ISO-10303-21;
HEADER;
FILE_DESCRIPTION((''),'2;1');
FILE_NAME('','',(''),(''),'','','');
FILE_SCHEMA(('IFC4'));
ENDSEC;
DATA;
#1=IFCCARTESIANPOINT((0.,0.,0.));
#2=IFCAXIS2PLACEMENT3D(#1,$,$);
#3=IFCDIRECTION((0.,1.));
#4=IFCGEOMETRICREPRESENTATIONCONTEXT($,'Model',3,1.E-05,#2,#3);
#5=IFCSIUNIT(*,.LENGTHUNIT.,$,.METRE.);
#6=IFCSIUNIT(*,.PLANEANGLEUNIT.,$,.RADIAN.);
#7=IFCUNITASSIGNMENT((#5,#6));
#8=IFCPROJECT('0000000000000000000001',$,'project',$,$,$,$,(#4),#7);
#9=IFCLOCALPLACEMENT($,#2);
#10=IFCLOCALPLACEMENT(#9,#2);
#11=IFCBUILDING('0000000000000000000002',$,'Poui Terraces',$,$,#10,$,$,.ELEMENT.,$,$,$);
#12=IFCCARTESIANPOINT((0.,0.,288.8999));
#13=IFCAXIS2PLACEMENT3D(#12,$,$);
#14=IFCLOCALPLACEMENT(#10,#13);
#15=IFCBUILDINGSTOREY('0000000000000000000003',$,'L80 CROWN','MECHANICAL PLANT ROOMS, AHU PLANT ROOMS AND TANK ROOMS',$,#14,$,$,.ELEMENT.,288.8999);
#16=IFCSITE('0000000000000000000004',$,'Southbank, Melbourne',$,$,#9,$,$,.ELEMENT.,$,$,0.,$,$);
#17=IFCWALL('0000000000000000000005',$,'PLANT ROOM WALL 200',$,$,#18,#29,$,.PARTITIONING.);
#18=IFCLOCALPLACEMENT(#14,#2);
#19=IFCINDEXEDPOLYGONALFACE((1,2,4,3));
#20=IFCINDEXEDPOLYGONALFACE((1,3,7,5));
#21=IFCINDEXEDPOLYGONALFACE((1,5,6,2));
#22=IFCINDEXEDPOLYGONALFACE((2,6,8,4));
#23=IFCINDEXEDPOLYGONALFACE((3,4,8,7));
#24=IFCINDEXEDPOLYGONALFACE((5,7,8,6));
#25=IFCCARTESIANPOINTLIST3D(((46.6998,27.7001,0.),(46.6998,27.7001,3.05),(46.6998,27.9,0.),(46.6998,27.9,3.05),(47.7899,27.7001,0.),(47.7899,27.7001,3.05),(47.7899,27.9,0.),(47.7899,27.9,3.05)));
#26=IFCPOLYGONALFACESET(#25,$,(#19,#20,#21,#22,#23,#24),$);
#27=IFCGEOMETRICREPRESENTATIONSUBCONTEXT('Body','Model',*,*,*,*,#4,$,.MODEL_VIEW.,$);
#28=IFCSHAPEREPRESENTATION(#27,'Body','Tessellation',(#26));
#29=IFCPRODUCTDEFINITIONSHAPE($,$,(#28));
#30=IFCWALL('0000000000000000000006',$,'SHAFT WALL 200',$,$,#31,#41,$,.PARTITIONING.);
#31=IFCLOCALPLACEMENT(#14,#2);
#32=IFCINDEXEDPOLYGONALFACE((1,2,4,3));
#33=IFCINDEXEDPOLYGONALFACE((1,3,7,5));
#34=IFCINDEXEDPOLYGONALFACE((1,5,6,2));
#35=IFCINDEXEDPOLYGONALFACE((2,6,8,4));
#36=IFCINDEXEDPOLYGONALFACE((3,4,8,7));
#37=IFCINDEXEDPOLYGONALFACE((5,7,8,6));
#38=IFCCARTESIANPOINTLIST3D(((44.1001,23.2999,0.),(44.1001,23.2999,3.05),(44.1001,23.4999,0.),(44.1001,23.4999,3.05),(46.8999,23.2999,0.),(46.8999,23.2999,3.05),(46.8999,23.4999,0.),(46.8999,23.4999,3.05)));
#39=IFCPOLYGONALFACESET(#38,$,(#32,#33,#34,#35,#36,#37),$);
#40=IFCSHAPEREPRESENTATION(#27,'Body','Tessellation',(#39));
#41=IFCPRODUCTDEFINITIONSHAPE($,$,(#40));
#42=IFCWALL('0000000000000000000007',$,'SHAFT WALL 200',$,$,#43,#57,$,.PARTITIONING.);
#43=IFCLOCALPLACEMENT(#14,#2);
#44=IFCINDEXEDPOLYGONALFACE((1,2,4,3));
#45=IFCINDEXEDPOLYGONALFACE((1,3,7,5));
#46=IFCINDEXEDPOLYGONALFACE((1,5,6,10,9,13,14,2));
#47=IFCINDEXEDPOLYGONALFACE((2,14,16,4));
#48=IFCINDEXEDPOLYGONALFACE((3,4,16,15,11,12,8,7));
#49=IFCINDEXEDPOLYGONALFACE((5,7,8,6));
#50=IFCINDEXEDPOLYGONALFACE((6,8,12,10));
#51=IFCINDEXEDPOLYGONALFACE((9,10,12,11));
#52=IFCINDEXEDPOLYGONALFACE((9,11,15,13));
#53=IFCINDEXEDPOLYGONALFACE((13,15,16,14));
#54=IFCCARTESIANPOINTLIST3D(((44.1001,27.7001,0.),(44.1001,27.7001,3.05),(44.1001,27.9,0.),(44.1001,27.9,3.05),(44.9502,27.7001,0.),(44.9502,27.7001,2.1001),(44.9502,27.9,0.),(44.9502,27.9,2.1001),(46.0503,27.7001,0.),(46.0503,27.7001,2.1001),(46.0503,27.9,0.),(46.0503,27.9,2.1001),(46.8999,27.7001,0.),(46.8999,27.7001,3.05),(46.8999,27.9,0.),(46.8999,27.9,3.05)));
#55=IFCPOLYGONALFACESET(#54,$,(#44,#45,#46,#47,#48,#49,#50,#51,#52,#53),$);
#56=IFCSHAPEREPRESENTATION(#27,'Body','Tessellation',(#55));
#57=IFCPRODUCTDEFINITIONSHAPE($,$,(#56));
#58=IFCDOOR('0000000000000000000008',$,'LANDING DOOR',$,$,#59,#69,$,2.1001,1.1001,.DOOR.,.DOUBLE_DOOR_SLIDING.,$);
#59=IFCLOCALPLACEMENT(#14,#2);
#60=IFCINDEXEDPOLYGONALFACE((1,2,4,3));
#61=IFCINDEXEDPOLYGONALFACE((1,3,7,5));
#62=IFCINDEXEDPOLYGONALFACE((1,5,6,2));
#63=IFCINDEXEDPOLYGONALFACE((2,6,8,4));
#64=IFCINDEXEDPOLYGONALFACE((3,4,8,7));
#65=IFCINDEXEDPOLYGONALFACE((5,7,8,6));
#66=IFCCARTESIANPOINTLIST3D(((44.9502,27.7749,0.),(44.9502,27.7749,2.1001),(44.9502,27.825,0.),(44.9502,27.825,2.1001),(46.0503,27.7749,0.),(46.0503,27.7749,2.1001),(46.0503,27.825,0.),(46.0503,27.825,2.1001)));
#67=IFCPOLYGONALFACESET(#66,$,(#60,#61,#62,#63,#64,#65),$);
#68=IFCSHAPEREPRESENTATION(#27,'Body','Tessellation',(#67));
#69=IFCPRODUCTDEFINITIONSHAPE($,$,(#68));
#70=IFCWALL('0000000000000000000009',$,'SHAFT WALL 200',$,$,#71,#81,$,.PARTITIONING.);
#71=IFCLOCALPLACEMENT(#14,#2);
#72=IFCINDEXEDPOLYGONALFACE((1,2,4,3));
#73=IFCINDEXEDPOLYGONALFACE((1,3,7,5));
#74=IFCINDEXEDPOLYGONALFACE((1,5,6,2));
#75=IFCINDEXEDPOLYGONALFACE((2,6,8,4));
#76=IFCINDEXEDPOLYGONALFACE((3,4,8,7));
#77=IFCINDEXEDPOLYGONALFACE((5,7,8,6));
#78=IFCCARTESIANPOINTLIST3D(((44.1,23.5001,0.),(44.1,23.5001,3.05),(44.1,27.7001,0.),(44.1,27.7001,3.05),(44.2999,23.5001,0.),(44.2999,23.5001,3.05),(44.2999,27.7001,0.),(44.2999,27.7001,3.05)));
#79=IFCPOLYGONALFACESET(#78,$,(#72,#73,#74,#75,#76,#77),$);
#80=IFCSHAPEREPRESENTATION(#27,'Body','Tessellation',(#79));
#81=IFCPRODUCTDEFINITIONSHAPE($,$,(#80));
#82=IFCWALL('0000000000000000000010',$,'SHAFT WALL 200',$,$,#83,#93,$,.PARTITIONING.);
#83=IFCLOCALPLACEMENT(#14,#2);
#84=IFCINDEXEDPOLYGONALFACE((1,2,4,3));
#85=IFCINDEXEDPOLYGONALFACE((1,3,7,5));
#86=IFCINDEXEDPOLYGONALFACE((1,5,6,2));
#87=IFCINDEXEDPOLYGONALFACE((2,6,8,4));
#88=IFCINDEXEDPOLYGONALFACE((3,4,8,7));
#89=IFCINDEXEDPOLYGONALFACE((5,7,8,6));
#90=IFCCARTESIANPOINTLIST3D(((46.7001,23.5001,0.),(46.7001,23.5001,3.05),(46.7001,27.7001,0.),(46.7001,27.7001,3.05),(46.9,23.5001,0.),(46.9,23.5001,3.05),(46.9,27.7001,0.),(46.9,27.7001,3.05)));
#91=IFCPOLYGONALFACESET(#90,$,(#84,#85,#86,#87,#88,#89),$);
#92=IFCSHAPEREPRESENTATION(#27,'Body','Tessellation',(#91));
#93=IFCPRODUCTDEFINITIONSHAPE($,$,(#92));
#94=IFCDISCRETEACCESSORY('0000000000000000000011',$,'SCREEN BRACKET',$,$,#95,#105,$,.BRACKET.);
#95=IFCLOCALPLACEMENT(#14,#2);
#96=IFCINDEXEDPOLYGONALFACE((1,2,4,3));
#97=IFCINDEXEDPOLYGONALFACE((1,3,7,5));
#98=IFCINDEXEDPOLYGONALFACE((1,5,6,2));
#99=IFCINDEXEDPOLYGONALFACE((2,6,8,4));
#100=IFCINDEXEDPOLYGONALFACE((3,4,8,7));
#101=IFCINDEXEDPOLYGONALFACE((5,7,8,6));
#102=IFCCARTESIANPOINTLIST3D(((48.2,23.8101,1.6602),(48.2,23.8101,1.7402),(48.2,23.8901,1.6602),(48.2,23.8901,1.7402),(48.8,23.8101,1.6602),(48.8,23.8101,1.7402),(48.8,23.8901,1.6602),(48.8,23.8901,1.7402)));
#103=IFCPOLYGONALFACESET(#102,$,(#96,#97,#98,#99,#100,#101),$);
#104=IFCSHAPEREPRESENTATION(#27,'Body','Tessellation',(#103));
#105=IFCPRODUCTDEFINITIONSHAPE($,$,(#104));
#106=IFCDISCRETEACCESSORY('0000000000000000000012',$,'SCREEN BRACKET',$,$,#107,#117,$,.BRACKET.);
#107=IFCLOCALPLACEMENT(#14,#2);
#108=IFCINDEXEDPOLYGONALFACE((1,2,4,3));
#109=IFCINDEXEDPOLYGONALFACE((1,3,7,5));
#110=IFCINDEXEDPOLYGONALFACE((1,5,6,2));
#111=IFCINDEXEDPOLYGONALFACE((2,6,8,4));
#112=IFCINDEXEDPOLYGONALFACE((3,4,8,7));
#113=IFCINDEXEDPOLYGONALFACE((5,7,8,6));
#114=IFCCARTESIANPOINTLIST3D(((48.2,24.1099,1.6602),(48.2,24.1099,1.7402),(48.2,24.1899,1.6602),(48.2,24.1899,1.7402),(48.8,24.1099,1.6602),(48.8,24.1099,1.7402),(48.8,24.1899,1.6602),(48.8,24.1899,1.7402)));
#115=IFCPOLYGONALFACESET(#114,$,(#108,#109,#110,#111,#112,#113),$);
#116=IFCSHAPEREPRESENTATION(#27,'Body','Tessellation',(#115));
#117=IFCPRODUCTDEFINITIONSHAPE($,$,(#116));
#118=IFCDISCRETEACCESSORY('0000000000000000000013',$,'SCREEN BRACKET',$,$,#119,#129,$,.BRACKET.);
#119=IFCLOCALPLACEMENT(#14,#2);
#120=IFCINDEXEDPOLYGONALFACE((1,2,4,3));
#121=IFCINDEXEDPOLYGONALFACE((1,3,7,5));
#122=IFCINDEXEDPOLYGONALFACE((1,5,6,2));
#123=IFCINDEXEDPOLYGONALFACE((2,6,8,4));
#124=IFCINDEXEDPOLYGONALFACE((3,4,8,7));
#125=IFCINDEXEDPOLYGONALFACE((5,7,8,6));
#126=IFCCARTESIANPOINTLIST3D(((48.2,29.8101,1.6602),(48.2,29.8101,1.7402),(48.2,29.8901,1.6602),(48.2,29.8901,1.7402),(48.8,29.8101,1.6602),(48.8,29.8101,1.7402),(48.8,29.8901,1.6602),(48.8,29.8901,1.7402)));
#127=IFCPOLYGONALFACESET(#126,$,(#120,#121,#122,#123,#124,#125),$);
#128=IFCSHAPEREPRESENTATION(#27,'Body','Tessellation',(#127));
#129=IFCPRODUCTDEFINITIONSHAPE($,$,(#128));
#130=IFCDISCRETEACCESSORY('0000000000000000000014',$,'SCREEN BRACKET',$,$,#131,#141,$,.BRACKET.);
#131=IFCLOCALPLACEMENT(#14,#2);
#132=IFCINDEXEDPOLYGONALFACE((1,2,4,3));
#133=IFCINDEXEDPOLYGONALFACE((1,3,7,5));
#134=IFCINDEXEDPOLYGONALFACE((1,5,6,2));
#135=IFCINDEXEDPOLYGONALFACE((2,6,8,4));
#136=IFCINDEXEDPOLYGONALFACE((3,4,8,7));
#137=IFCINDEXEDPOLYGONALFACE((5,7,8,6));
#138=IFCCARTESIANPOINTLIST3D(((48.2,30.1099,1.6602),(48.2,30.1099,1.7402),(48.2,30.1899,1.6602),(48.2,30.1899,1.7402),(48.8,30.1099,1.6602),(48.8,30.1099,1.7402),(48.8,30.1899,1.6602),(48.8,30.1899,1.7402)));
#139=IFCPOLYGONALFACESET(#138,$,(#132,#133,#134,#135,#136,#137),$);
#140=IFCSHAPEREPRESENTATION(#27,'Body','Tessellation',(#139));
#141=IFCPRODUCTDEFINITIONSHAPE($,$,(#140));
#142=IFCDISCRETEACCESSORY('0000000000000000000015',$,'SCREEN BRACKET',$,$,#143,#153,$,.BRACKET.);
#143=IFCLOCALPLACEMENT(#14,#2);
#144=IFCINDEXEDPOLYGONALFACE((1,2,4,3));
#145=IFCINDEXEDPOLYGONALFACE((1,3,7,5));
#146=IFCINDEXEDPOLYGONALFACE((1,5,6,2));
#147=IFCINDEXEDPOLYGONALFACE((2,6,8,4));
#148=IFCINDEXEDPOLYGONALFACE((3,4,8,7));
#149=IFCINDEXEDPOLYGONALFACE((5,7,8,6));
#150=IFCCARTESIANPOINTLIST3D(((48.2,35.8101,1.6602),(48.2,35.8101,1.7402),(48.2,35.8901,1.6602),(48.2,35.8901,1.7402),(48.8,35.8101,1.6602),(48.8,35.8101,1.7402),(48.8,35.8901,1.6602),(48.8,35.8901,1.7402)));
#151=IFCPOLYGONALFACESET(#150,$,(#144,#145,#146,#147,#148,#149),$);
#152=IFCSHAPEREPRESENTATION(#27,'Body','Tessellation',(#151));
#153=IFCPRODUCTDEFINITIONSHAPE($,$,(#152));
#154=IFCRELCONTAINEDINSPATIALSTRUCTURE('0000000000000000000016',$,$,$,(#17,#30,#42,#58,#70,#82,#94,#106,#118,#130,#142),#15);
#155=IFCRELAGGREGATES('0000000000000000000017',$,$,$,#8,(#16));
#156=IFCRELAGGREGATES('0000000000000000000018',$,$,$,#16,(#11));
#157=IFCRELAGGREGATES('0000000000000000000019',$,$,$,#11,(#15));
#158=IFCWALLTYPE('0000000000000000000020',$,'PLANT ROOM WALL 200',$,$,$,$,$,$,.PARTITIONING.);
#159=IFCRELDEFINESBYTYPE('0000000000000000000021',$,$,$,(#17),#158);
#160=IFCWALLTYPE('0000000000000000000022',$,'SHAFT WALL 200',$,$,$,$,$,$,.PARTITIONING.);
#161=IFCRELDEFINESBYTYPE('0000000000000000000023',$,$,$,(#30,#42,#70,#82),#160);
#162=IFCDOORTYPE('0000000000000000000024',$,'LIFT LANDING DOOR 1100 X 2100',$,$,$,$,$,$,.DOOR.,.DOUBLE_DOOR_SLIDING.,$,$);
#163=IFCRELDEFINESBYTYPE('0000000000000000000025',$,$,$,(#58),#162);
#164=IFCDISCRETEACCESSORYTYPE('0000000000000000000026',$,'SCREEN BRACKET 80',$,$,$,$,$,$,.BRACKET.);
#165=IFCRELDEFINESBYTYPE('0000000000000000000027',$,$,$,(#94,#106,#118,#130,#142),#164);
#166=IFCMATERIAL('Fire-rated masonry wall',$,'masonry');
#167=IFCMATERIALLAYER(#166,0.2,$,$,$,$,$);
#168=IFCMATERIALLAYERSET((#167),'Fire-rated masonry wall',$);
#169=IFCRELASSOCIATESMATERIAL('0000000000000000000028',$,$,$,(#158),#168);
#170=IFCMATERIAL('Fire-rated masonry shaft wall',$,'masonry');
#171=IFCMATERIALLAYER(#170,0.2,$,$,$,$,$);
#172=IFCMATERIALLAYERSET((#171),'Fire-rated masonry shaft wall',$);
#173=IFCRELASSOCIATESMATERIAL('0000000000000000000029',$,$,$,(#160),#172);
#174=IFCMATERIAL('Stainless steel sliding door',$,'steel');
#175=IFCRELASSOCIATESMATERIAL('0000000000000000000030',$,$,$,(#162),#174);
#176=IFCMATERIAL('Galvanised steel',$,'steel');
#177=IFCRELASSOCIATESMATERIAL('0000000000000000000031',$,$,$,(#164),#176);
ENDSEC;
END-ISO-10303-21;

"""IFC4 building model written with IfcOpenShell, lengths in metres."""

from ifc_helpers import new_model, si_unit, direction, frame, frame_2d, origin, origin_2d, place, context, subcontext, project, spatial, rectangle, extrude, source, transform, mapped, material, layer, layer_set, material_profile, profile_set, type_object, element, fill, save


model = new_model("IFC4")

# Units and contexts
model_context = context("Model", 3, precision=1e-05, world=origin(), true_north=direction((0.0, 1.0)))
body_context = subcontext(model_context, "Body", "Model", "MODEL_VIEW")
ifc_project = project(units=[si_unit("LENGTHUNIT", "METRE"), si_unit("PLANEANGLEUNIT", "RADIAN")], contexts=[model_context])

# Site, building, storey
site_placement = place(None, origin())
site = spatial("IfcSite", under=ifc_project, at=site_placement, Name="Southbank, Melbourne", CompositionType="ELEMENT", RefElevation=0.0)
building_placement = place(site_placement, origin())
building = spatial("IfcBuilding", under=site, at=building_placement, Name="Poui Terraces", CompositionType="ELEMENT")
storey_placement = place(building_placement, frame((0.0, 0.0, 288.8999)))
storey = spatial("IfcBuildingStorey", under=building, at=storey_placement, Name="L80 CROWN", Description="MECHANICAL PLANT ROOMS, AHU PLANT ROOMS AND TANK ROOMS", CompositionType="ELEMENT", Elevation=288.8999)

# Walls
ifc_material_1 = material(Name="Fire-rated masonry wall", Category="masonry")
ifc_layer_1 = layer(ifc_material_1, 0.2)
ifc_layer_set_1 = layer_set([ifc_layer_1], Name="Fire-rated masonry wall")
wall_type_1 = type_object("IfcWallType", Name="PLANT ROOM WALL 200", PredefinedType="PARTITIONING", material=ifc_layer_set_1)
wall_1_placement = place(storey_placement, frame((46.7, 27.8, 0.0), z_axis=(0.0, 0.0, 1.0), x_axis=(1.0, 0.0, 0.0)))
element("IfcWall", 1, at=wall_1_placement, inside=storey, type_object=wall_type_1, Name="PLANT ROOM WALL 200", PredefinedType="PARTITIONING", context=body_context, shape_type="SweptSolid", body=[
    extrude(rectangle(XDim=1.0901, YDim=0.2, at=frame_2d((0.5449, 0.0))), origin(), (0.0, 0.0, 1.0), 3.05),
])
ifc_material_2 = material(Name="Fire-rated masonry shaft wall", Category="masonry")
ifc_layer_2 = layer(ifc_material_2, 0.2)
ifc_layer_set_2 = layer_set([ifc_layer_2], Name="Fire-rated masonry shaft wall")
wall_type_2 = type_object("IfcWallType", Name="SHAFT WALL 200", PredefinedType="PARTITIONING", material=ifc_layer_set_2)
wall_2_placement = place(storey_placement, frame((44.1001, 23.3999, 0.0), z_axis=(0.0, 0.0, 1.0), x_axis=(1.0, 0.0, 0.0)))
element("IfcWall", 2, at=wall_2_placement, inside=storey, type_object=wall_type_2, Name="SHAFT WALL 200", PredefinedType="PARTITIONING", context=body_context, shape_type="SweptSolid", body=[
    extrude(rectangle(XDim=2.7998, YDim=0.2, at=frame_2d((1.3999, 0.0))), origin(), (0.0, 0.0, 1.0), 3.05),
])

# Wall, opening, door
wall_3_placement = place(storey_placement, frame((44.1001, 27.8, 0.0), z_axis=(0.0, 0.0, 1.0), x_axis=(1.0, 0.0, 0.0)))
wall_3 = element("IfcWall", 3, at=wall_3_placement, inside=storey, type_object=wall_type_2, Name="SHAFT WALL 200", PredefinedType="PARTITIONING", context=body_context, shape_type="SweptSolid", body=[
    extrude(rectangle(XDim=2.7998, YDim=0.2, at=frame_2d((1.3999, 0.0))), origin(), (0.0, 0.0, 1.0), 3.05),
])
opening_1_placement = place(wall_3_placement, frame((0.8501, 0.0, 0.0)))
opening_1 = element("IfcOpeningElement", 4, at=opening_1_placement, cuts=wall_3, PredefinedType="OPENING", context=body_context, shape_type="SweptSolid", body=[
    extrude(rectangle(XDim=1.1001, YDim=2.1001, at=frame_2d((0.55, 1.05))), frame((0.0, 0.1099, 0.0), z_axis=(0.0, -1.0, 0.0), x_axis=(1.0, 0.0, 0.0)), (0.0, 0.0, 1.0), 0.22),
])
ifc_material_3 = material(Name="Stainless steel sliding door", Category="steel")
door_type = type_object("IfcDoorType", Name="LIFT LANDING DOOR 1100 X 2100", OperationType="DOUBLE_DOOR_SLIDING", PredefinedType="DOOR", material=ifc_material_3)
door_placement = place(opening_1_placement, origin())
door = element("IfcDoor", 5, at=door_placement, inside=storey, type_object=door_type, Name="LANDING DOOR", OperationType="DOUBLE_DOOR_SLIDING", OverallHeight=2.1001, OverallWidth=1.1001, PredefinedType="DOOR", context=body_context, shape_type="SweptSolid", body=[
    extrude(rectangle(XDim=1.1001, YDim=2.1001, at=frame_2d((0.55, 1.05))), frame((0.0, 0.0249, 0.0), z_axis=(0.0, -1.0, 0.0), x_axis=(1.0, 0.0, 0.0)), (0.0, 0.0, 1.0), 0.05),
])
fill(opening_1, door)

# Walls
for number, where, z_axis, x_axis, name in (
    (6, (44.2, 23.5, 0.0), (0.0, 0.0, 1.0), (0.0, 1.0, 0.0), "SHAFT WALL 200"),
    (7, (46.8, 23.5, 0.0), (0.0, 0.0, 1.0), (0.0, 1.0, 0.0), "SHAFT WALL 200"),
):
    element("IfcWall", number, at=place(storey_placement, frame(where, z_axis=z_axis, x_axis=x_axis)), inside=storey, type_object=wall_type_2, Name=name, PredefinedType="PARTITIONING", context=body_context, shape_type="SweptSolid", body=[
        extrude(rectangle(XDim=4.2, YDim=0.2, at=frame_2d((2.1001, 0.0))), origin(), (0.0, 0.0, 1.0), 3.05),
    ])

# Discrete accessories
ifc_material_4 = material(Name="Galvanised steel", Category="steel")
ifc_material_profile_1 = material_profile(ifc_material_4, rectangle(XDim=0.0801, YDim=0.0801, at=origin_2d()), Name="SCREEN BRACKET 80")
ifc_profile_set_1 = profile_set([ifc_material_profile_1], Name="Galvanised steel")
discrete_accessory_type = type_object("IfcDiscreteAccessoryType", Name="SCREEN BRACKET 80", PredefinedType="BRACKET", material=ifc_profile_set_1)
shared_shape_1 = source(origin(), body_context, "Body", "SweptSolid", [
    extrude(rectangle(XDim=0.0801, YDim=0.0801, at=origin_2d()), origin(), (0.0, 0.0, 1.0), 0.6001),
])
for number, where, z_axis, x_axis, name in (
    (8, (48.2, 23.8501, 1.7002), (1.0, 0.0, 0.0), (0.0, 1.0, 0.0), "SCREEN BRACKET"),
    (9, (48.2, 24.1499, 1.7002), (1.0, 0.0, 0.0), (0.0, 1.0, 0.0), "SCREEN BRACKET"),
    (10, (48.2, 29.8501, 1.7002), (1.0, 0.0, 0.0), (0.0, 1.0, 0.0), "SCREEN BRACKET"),
    (11, (48.2, 30.1499, 1.7002), (1.0, 0.0, 0.0), (0.0, 1.0, 0.0), "SCREEN BRACKET"),
    (12, (48.2, 35.8501, 1.7002), (1.0, 0.0, 0.0), (0.0, 1.0, 0.0), "SCREEN BRACKET"),
):
    element("IfcDiscreteAccessory", number, at=place(storey_placement, frame(where, z_axis=z_axis, x_axis=x_axis)), inside=storey, type_object=discrete_accessory_type, Name=name, PredefinedType="BRACKET", context=body_context, shape_type="MappedRepresentation", body=[
        mapped(shared_shape_1, transform((0.0, 0.0, 0.0))),
    ])

save(model, "model.ifc")
